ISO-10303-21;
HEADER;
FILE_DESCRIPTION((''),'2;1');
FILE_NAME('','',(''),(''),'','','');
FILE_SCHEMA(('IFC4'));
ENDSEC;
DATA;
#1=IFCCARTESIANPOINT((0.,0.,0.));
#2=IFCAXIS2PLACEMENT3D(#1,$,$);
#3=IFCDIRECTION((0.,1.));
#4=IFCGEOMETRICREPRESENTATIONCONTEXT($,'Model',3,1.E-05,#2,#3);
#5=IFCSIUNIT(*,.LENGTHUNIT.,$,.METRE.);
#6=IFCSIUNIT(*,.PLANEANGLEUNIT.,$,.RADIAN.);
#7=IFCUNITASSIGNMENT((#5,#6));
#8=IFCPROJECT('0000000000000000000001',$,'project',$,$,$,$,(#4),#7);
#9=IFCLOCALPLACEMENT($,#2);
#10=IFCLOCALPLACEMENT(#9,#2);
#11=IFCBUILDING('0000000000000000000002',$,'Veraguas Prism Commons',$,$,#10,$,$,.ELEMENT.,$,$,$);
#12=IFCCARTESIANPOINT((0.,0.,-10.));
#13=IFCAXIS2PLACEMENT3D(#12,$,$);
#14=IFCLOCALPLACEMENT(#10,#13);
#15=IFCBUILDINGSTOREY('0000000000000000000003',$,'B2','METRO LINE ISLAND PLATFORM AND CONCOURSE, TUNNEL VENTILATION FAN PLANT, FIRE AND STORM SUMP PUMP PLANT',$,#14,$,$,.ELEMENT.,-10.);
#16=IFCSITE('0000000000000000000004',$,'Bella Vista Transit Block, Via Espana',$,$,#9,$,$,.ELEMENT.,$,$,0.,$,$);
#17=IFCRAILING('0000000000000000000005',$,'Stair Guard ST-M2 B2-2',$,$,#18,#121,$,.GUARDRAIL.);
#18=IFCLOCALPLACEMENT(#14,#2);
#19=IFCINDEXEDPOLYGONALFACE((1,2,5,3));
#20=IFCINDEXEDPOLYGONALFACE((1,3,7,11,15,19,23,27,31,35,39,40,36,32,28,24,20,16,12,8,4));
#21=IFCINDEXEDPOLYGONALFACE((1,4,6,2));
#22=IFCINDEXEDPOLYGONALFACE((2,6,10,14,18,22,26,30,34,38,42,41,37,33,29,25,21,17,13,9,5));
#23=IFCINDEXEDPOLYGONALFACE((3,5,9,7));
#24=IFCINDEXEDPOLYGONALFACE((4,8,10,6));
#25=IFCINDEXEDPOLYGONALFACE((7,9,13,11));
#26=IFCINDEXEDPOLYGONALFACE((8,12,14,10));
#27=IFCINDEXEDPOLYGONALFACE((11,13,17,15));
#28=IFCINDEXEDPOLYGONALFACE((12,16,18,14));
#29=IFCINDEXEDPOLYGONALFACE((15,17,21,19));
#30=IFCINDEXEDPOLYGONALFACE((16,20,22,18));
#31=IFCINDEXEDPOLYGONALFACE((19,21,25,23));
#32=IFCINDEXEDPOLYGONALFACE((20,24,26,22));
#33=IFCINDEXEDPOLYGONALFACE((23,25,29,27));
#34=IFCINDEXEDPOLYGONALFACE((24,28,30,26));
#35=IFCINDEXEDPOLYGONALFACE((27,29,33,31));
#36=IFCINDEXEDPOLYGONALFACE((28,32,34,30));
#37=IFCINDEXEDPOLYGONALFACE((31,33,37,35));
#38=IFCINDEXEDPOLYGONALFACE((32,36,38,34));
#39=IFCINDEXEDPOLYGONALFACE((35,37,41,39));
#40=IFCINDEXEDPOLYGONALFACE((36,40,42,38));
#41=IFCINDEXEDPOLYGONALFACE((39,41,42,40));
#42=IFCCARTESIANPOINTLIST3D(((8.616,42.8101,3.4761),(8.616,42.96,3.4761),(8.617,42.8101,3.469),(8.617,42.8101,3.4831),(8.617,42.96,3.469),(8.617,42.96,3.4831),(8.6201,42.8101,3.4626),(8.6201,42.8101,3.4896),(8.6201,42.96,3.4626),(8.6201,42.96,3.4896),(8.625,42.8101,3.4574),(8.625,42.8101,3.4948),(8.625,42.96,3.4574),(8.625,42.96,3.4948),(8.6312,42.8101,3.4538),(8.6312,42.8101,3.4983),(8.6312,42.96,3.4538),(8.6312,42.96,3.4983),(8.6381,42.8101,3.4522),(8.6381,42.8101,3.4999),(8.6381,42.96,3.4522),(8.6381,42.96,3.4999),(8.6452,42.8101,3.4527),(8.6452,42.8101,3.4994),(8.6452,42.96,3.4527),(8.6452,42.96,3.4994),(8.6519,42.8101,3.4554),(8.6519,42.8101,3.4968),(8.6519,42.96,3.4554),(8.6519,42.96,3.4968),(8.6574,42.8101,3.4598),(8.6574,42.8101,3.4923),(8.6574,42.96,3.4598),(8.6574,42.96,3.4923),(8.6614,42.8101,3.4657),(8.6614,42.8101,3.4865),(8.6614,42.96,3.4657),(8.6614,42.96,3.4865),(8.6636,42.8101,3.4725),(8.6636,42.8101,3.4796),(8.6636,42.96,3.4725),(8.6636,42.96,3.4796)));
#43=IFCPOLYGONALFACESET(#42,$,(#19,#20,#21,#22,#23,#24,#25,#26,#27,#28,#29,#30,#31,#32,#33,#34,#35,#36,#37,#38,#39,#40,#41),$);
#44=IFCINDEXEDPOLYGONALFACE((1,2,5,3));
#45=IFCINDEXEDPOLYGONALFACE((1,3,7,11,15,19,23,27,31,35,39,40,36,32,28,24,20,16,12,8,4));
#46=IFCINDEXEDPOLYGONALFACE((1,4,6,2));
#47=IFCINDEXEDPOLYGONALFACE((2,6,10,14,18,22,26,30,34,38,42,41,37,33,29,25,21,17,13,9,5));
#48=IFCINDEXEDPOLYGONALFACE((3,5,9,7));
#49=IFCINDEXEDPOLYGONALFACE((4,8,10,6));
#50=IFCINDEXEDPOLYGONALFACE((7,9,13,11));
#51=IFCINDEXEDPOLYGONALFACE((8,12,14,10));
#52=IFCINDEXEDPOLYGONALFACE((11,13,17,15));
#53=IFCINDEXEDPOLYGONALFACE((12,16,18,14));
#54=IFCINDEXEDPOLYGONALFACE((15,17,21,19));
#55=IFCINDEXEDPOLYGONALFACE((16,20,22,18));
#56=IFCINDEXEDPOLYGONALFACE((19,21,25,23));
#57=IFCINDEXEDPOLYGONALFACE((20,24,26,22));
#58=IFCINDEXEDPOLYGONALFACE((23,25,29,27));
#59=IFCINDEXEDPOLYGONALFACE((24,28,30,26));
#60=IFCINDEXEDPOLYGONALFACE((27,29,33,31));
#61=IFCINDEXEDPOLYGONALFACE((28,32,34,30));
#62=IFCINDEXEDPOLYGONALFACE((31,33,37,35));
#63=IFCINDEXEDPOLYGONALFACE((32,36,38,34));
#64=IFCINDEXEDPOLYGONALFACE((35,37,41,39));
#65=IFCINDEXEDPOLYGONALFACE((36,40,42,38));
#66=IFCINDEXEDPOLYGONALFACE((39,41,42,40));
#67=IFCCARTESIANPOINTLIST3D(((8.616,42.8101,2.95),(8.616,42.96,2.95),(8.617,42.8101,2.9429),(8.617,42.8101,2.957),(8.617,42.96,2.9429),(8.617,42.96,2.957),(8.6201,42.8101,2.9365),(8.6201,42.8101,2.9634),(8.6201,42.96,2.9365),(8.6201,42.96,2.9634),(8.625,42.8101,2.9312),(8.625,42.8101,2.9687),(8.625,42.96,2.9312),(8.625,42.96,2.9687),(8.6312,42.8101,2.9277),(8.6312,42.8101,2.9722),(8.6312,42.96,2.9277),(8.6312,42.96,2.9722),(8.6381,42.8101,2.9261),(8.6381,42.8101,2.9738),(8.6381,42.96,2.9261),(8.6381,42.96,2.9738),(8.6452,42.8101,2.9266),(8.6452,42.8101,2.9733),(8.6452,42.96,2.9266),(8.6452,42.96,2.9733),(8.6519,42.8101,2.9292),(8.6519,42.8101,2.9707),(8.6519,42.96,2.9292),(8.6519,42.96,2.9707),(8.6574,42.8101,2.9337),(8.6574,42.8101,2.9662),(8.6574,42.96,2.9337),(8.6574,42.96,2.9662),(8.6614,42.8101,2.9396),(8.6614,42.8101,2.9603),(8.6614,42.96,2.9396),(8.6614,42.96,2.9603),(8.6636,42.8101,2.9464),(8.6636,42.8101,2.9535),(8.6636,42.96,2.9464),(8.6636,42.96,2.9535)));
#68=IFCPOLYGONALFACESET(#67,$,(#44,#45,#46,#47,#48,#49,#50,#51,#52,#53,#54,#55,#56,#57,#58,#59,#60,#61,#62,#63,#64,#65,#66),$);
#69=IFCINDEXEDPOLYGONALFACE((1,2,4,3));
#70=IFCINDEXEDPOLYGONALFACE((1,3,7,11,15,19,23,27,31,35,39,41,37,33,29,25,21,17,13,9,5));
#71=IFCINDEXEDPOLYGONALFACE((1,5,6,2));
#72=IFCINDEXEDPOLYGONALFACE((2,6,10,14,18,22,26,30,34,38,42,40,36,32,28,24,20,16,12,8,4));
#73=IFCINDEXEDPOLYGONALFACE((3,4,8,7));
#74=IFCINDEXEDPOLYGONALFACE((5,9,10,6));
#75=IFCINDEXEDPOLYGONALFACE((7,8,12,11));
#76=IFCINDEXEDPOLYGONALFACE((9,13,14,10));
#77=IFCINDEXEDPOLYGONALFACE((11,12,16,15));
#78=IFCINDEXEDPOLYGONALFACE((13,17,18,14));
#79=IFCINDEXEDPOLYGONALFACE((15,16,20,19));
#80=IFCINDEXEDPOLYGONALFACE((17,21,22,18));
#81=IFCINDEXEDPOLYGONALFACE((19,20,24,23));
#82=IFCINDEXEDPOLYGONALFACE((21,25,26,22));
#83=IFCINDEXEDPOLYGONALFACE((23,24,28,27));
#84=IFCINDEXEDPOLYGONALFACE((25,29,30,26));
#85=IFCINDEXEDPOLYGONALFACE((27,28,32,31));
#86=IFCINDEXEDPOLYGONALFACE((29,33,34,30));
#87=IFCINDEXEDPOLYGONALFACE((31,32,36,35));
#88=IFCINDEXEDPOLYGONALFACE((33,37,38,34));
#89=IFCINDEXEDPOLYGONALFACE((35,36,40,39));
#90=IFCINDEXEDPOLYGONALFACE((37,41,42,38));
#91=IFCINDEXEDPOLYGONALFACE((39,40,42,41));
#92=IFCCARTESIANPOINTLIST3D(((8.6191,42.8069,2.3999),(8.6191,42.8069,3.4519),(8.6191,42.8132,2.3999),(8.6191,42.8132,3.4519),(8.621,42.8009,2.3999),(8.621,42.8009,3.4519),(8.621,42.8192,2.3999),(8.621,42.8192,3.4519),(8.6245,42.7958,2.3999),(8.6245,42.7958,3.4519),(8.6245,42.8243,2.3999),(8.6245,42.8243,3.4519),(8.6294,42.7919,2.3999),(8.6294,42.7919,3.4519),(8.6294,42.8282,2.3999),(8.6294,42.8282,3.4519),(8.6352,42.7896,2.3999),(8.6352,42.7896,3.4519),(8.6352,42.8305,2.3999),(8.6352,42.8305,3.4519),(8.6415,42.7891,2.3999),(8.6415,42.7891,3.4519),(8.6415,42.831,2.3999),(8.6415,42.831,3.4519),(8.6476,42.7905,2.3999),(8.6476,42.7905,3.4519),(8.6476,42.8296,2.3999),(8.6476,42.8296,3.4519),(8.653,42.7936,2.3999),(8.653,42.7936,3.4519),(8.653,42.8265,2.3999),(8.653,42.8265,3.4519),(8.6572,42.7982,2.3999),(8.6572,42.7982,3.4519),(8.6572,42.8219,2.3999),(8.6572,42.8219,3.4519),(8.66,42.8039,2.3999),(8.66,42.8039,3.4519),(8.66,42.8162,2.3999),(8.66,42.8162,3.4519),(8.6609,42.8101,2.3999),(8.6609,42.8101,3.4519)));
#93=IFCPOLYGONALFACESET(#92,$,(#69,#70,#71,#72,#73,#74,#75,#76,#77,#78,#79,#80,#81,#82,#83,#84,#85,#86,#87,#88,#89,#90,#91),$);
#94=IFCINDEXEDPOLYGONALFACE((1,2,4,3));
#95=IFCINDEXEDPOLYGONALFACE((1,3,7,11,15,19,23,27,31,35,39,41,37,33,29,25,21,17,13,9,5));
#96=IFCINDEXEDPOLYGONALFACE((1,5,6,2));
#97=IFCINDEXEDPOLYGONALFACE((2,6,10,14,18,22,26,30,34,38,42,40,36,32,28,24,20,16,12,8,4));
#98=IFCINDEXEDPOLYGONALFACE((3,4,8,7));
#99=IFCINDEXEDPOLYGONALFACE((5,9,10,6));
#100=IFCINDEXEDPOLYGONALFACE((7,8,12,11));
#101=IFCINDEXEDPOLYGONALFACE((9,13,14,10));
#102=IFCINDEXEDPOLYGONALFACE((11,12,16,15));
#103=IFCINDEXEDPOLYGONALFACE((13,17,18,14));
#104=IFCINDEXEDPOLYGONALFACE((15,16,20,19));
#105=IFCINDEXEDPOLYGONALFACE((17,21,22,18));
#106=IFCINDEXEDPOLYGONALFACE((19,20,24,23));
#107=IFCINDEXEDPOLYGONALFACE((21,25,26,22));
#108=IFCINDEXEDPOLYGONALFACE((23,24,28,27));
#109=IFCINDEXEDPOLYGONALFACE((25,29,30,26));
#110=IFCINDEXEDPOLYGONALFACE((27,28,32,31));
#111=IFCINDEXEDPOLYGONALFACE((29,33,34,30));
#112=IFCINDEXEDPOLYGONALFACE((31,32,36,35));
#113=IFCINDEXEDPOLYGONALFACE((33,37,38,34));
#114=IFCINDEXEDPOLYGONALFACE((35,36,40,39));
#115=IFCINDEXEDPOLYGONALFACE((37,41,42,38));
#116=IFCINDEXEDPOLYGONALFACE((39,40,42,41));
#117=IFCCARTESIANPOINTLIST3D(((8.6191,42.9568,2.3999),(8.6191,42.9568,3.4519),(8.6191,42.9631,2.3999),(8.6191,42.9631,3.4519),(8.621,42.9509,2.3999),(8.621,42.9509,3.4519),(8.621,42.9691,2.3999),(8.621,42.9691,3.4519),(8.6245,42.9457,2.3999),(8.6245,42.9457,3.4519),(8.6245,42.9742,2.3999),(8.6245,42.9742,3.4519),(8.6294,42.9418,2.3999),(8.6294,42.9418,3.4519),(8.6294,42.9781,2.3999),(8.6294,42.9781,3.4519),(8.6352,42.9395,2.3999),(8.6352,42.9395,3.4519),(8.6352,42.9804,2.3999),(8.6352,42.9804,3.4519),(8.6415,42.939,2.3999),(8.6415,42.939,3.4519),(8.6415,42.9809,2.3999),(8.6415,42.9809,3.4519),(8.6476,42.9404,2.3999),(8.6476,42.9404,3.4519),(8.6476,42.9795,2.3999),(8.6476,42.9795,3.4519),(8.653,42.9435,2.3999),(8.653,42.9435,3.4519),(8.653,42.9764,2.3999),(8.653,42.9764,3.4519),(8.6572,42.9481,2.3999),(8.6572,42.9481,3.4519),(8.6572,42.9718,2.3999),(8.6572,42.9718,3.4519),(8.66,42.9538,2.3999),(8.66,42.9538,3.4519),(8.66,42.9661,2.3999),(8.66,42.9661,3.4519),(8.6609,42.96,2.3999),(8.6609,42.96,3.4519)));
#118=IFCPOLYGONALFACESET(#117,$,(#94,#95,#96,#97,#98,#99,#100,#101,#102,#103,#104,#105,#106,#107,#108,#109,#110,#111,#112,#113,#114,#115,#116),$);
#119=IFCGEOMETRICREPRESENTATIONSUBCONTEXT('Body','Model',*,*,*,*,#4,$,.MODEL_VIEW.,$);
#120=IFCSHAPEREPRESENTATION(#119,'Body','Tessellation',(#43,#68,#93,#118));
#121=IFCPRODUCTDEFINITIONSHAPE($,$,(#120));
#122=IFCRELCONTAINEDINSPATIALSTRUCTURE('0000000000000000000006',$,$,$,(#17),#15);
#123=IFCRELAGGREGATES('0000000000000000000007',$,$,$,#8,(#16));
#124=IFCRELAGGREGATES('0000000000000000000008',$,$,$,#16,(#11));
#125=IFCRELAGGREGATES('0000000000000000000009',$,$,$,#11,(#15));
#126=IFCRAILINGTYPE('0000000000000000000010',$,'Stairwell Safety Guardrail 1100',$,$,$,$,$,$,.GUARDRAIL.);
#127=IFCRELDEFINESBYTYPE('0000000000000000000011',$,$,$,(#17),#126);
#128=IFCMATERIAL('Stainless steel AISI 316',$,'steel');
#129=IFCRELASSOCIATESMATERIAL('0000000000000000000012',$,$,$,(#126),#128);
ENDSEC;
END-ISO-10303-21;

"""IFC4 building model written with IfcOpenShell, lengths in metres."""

from ifc_helpers import new_model, si_unit, direction, frame, origin, origin_2d, place, context, subcontext, project, spatial, circle, extrude, material, type_object, element, save


model = new_model("IFC4")

# Units and contexts
model_context = context("Model", 3, precision=1e-05, world=origin(), true_north=direction((0.0, 1.0)))
body_context = subcontext(model_context, "Body", "Model", "MODEL_VIEW")
ifc_project = project(units=[si_unit("LENGTHUNIT", "METRE"), si_unit("PLANEANGLEUNIT", "RADIAN")], contexts=[model_context])

# Site, building, storey
site_placement = place(None, origin())
site = spatial("IfcSite", under=ifc_project, at=site_placement, Name="Bella Vista Transit Block, Via Espana", CompositionType="ELEMENT", RefElevation=0.0)
building_placement = place(site_placement, origin())
building = spatial("IfcBuilding", under=site, at=building_placement, Name="Veraguas Prism Commons", CompositionType="ELEMENT")
storey_placement = place(building_placement, frame((0.0, 0.0, -10.0)))
storey = spatial("IfcBuildingStorey", under=building, at=storey_placement, Name="B2", Description="METRO LINE ISLAND PLATFORM AND CONCOURSE, TUNNEL VENTILATION FAN PLANT, FIRE AND STORM SUMP PUMP PLANT", CompositionType="ELEMENT", Elevation=-10.0)

# Railing
ifc_material_1 = material(Name="Stainless steel AISI 316", Category="steel")
railing_type_1 = type_object("IfcRailingType", Name="Stairwell Safety Guardrail 1100", PredefinedType="GUARDRAIL", material=ifc_material_1)
railing_1_placement = place(storey_placement, frame((8.6399, 42.8101, 2.3999)))
element("IfcRailing", 1, at=railing_1_placement, inside=storey, type_object=railing_type_1, Name="Stair Guard ST-M2 B2-2", PredefinedType="GUARDRAIL", context=body_context, shape_type="SweptSolid", body=[
    extrude(circle(Radius=0.0239, at=origin_2d()), frame((0.0, 0.0, 1.0762), z_axis=(0.0, 1.0, 0.0), x_axis=(-1.0, 0.0, 0.0)), (0.0, 0.0, 1.0), 0.1499),
    extrude(circle(Radius=0.0239, at=origin_2d()), frame((0.0, 0.0, 0.55), z_axis=(0.0, 1.0, 0.0), x_axis=(-1.0, 0.0, 0.0)), (0.0, 0.0, 1.0), 0.1499),
    extrude(circle(Radius=0.021, at=origin_2d()), origin(), (0.0, 0.0, 1.0), 1.052),
    extrude(circle(Radius=0.021, at=origin_2d()), frame((0.0, 0.1499, 0.0)), (0.0, 0.0, 1.0), 1.052),
])

save(model, "model.ifc")
